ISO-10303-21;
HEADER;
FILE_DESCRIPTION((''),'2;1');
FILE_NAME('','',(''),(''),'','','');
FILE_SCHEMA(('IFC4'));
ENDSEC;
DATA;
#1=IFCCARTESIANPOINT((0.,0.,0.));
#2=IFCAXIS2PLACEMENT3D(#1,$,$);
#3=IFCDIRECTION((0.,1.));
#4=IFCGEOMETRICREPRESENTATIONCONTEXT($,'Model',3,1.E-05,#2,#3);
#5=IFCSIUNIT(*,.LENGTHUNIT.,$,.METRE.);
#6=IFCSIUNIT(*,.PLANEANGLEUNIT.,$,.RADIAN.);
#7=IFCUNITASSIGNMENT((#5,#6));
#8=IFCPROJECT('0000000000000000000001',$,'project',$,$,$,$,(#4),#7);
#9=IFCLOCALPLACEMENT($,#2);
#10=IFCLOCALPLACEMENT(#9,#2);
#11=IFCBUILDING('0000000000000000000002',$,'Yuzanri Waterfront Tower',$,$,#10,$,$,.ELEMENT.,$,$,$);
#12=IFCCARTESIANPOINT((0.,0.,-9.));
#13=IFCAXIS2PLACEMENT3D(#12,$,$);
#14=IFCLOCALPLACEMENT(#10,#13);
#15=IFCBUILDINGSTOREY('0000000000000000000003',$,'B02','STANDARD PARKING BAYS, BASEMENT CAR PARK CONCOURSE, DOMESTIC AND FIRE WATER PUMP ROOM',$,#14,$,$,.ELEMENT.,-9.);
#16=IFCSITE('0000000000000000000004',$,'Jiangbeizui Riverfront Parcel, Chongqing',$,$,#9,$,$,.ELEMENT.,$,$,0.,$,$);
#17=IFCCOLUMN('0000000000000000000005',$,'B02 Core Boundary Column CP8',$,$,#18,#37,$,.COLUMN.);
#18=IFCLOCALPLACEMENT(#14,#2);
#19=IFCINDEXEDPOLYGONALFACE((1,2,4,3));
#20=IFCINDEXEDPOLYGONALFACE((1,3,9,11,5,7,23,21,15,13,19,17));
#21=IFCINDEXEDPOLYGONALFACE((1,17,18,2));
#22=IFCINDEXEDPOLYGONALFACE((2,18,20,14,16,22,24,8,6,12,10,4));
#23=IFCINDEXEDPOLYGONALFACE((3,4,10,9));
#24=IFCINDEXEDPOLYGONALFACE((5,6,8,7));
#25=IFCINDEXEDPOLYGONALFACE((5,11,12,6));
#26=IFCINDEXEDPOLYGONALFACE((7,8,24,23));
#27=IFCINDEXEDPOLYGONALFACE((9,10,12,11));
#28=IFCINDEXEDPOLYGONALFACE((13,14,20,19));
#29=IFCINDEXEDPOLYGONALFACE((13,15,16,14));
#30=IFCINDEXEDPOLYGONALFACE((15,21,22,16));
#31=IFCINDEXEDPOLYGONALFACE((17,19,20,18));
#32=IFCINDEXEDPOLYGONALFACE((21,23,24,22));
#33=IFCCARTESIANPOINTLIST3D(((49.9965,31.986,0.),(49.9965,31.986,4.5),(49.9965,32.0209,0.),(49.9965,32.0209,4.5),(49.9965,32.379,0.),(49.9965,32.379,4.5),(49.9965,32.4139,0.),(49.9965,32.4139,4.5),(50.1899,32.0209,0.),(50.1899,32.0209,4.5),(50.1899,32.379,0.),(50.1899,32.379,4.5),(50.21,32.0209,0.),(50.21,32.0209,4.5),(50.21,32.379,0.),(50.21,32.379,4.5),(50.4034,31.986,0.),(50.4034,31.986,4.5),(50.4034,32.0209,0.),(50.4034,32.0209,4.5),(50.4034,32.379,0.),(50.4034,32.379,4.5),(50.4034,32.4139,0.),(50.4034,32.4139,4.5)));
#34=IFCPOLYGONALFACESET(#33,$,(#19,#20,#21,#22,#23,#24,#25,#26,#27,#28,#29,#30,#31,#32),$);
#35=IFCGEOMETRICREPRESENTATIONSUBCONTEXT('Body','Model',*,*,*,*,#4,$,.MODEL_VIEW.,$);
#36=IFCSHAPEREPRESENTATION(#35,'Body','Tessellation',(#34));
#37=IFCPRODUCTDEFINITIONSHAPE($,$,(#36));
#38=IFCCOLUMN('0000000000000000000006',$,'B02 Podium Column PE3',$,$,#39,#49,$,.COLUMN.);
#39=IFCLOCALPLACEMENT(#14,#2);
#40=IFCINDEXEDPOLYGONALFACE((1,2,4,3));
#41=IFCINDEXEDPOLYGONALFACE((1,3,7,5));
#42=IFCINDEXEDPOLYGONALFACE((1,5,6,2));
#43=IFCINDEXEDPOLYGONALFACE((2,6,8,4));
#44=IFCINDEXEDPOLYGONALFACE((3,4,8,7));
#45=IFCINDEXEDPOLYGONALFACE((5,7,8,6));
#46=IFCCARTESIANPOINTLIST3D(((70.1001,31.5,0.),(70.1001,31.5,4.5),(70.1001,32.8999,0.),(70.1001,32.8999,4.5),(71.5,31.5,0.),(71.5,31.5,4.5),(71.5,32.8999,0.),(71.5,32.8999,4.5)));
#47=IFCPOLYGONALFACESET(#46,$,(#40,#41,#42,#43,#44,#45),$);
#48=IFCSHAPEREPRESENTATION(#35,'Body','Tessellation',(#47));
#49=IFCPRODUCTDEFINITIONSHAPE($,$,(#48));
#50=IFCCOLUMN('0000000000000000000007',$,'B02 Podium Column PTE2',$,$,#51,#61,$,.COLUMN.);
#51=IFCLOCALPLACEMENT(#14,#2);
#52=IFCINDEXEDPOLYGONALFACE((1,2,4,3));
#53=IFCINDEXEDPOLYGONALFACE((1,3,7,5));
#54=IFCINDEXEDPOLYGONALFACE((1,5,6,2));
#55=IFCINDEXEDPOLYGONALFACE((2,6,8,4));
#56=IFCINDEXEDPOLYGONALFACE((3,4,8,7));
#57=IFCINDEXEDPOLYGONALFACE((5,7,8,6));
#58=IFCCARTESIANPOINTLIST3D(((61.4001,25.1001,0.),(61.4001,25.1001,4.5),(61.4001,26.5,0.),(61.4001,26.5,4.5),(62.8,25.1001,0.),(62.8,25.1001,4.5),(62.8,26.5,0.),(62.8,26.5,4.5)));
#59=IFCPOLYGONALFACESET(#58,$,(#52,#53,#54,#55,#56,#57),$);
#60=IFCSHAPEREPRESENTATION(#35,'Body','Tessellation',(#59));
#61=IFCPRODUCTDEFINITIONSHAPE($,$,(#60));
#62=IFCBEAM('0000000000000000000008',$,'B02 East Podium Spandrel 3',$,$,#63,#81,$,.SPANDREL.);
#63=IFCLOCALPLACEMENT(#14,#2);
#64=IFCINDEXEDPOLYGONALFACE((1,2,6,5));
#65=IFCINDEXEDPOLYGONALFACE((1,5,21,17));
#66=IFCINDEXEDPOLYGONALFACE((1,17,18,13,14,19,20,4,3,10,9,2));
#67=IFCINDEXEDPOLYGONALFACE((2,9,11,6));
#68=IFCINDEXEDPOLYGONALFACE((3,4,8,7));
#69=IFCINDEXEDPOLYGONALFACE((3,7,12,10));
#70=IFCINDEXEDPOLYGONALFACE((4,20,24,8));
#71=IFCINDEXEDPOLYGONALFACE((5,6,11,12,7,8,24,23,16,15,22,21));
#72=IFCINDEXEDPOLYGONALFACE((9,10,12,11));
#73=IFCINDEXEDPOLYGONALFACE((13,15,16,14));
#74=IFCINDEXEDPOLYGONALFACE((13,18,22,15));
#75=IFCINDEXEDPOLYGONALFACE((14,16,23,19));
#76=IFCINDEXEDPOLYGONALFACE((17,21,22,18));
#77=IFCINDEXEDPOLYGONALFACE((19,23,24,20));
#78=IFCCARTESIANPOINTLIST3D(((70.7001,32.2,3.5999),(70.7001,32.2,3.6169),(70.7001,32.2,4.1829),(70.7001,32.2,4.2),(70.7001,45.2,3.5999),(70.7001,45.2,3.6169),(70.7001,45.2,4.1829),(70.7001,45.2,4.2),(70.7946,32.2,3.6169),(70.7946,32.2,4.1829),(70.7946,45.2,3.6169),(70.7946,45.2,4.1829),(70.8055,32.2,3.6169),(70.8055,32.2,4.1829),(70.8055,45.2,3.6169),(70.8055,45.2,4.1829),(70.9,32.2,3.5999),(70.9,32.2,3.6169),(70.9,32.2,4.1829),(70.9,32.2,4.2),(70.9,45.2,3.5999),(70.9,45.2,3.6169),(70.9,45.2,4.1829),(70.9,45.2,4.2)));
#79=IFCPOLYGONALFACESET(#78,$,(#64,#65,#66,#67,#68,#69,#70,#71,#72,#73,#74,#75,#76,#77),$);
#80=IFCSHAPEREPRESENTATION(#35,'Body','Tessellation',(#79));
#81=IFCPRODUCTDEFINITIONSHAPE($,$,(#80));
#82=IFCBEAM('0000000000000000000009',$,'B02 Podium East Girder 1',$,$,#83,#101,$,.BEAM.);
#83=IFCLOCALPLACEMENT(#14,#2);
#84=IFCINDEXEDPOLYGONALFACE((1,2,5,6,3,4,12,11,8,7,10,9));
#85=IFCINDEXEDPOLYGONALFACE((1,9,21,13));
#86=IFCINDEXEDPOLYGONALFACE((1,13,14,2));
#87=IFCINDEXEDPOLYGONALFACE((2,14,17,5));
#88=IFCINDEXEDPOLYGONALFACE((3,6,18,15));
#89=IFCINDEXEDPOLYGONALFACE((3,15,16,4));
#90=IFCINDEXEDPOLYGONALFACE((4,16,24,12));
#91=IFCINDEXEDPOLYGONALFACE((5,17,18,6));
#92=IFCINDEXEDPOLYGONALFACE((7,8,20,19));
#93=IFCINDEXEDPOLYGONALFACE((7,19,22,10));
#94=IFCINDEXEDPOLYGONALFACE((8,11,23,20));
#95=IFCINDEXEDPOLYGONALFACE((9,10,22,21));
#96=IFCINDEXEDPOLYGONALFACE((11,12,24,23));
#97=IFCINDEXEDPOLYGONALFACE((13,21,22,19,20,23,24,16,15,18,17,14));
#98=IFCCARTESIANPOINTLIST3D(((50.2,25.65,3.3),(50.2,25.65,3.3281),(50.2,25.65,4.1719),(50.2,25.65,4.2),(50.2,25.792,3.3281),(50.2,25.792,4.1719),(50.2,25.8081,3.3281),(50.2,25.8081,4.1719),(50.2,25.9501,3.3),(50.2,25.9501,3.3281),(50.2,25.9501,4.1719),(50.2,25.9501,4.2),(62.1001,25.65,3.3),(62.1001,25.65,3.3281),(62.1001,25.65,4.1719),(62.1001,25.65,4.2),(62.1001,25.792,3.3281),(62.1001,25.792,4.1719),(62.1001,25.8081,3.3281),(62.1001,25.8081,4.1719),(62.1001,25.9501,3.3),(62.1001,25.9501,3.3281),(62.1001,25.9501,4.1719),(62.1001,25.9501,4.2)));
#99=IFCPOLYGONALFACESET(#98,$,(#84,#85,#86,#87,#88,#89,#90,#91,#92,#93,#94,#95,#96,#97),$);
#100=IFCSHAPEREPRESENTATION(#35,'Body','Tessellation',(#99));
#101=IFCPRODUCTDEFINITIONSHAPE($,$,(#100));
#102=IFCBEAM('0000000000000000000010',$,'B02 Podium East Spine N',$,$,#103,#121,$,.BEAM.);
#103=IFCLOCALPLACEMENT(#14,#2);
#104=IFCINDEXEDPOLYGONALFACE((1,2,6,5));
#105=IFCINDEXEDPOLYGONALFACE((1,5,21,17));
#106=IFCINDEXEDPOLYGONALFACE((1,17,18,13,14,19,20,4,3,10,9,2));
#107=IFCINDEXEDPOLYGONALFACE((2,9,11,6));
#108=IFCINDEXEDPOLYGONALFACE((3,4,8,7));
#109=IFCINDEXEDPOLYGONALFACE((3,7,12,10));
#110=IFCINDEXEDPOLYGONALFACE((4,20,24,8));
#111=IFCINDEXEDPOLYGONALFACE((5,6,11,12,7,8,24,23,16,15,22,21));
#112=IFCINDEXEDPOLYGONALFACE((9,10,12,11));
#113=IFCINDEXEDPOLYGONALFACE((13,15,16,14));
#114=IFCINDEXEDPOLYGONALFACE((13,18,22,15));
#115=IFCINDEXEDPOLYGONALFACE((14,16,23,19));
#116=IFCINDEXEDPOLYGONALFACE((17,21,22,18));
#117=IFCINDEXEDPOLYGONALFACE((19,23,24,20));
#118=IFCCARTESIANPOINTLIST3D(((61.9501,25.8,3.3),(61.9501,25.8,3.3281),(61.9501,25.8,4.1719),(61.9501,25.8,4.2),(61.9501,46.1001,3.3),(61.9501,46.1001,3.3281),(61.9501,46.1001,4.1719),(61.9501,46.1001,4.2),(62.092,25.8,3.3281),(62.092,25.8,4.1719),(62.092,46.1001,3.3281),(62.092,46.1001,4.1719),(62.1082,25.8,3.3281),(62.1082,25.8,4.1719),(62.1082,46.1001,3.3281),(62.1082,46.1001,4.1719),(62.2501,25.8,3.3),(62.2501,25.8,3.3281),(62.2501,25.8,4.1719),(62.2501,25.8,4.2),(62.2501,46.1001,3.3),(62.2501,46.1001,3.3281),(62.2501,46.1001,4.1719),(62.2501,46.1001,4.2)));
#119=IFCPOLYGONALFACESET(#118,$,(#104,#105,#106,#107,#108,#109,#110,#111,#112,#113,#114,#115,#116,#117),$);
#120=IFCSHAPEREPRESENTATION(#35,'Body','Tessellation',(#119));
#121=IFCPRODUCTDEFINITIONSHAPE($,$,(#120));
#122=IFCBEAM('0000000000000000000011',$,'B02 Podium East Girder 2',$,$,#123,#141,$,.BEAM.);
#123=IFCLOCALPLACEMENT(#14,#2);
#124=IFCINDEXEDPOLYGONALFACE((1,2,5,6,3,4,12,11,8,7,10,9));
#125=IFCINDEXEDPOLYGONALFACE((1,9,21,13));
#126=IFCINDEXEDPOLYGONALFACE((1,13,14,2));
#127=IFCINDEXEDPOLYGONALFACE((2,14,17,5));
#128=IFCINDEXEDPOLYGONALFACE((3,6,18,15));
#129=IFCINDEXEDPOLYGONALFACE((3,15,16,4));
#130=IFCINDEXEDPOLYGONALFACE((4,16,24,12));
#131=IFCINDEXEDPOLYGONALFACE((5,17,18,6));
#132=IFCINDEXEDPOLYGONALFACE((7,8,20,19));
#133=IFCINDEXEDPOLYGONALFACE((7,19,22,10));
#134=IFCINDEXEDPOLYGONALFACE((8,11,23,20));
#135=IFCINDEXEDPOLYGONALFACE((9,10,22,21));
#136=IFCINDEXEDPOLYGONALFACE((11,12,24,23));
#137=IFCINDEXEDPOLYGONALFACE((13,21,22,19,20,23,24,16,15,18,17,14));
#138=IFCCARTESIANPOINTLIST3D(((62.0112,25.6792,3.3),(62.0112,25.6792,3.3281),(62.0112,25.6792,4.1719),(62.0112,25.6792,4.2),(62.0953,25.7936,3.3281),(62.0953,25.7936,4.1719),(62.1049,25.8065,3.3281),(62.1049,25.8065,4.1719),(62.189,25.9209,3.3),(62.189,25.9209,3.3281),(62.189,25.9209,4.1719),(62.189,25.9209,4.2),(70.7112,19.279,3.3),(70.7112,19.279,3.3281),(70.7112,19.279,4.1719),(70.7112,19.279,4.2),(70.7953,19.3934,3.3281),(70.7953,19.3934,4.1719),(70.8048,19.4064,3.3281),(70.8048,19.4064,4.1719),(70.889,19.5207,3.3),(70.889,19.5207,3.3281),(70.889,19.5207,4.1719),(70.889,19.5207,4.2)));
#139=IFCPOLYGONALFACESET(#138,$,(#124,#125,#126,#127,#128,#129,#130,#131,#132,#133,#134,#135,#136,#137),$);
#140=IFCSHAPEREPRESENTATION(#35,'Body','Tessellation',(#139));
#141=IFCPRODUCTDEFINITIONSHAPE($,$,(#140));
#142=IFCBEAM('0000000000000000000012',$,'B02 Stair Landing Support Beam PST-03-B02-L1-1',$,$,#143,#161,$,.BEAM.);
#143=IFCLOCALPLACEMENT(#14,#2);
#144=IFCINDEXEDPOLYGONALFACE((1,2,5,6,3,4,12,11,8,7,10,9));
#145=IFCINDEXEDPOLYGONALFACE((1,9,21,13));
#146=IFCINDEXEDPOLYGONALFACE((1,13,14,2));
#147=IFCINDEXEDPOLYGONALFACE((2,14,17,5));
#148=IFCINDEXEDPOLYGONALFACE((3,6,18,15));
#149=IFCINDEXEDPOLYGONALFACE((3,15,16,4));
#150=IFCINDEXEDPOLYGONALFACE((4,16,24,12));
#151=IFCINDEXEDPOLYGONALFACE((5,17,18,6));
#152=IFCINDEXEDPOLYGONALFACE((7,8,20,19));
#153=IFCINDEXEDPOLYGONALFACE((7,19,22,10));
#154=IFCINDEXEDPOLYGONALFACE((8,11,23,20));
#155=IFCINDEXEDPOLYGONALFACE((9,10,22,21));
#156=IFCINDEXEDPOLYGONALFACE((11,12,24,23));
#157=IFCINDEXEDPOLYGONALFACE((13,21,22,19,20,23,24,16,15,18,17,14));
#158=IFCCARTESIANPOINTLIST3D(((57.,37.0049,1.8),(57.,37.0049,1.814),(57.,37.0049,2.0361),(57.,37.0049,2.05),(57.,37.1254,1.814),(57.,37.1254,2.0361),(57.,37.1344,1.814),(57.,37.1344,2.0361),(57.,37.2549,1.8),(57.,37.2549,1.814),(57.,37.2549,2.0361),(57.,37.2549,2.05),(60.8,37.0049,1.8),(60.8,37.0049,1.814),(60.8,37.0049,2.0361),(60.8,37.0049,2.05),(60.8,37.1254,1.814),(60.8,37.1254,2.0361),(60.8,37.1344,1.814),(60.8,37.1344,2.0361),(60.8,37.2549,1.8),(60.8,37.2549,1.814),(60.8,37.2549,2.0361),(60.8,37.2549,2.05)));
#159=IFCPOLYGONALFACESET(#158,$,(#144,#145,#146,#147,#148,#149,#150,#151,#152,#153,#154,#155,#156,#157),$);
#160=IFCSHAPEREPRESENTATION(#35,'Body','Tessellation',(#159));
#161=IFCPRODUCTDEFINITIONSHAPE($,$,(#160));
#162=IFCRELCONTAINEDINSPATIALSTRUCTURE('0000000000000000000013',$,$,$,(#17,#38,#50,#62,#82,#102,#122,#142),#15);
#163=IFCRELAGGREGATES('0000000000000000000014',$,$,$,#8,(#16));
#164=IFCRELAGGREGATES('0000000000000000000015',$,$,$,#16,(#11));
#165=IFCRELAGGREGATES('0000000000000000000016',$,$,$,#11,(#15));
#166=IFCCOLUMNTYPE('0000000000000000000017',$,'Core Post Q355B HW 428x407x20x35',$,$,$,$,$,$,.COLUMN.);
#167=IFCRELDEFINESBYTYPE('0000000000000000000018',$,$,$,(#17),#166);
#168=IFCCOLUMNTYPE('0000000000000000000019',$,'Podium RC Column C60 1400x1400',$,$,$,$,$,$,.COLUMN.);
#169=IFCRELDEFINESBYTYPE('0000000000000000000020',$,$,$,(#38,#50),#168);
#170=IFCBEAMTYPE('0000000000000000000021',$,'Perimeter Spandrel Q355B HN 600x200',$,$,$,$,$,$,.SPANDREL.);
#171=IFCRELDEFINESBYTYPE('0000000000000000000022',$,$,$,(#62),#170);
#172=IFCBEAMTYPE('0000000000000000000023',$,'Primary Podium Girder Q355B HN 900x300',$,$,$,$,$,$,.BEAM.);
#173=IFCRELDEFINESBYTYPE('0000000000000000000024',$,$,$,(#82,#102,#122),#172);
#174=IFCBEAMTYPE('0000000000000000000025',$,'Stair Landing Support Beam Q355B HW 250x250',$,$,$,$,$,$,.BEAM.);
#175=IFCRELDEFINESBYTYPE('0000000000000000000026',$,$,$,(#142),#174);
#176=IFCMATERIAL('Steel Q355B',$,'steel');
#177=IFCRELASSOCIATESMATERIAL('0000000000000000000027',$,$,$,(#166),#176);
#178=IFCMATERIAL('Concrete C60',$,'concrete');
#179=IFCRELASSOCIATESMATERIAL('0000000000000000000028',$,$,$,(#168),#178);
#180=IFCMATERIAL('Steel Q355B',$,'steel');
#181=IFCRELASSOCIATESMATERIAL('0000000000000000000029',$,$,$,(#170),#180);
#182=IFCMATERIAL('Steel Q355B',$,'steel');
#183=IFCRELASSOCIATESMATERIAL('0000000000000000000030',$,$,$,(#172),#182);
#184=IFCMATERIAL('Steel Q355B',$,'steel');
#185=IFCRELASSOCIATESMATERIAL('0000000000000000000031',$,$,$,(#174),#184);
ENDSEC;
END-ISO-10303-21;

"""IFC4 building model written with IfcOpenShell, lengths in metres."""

from ifc_helpers import new_model, si_unit, direction, frame, origin, origin_2d, place, context, subcontext, project, spatial, rectangle, i_section, extrude, source, transform, mapped, material, material_profile, profile_set, type_object, element, save


model = new_model("IFC4")

# Units and contexts
model_context = context("Model", 3, precision=1e-05, world=origin(), true_north=direction((0.0, 1.0)))
body_context = subcontext(model_context, "Body", "Model", "MODEL_VIEW")
ifc_project = project(units=[si_unit("LENGTHUNIT", "METRE"), si_unit("PLANEANGLEUNIT", "RADIAN")], contexts=[model_context])

# Site, building, storey
site_placement = place(None, origin())
site = spatial("IfcSite", under=ifc_project, at=site_placement, Name="Jiangbeizui Riverfront Parcel, Chongqing", CompositionType="ELEMENT", RefElevation=0.0)
building_placement = place(site_placement, origin())
building = spatial("IfcBuilding", under=site, at=building_placement, Name="Yuzanri Waterfront Tower", CompositionType="ELEMENT")
storey_placement = place(building_placement, frame((0.0, 0.0, -9.0)))
storey = spatial("IfcBuildingStorey", under=building, at=storey_placement, Name="B02", Description="STANDARD PARKING BAYS, BASEMENT CAR PARK CONCOURSE, DOMESTIC AND FIRE WATER PUMP ROOM", CompositionType="ELEMENT", Elevation=-9.0)

# Columns
ifc_material_1 = material(Name="Steel Q355B", Category="steel")
ifc_material_profile_1 = material_profile(ifc_material_1, i_section(OverallWidth=0.407, OverallDepth=0.428, WebThickness=0.02, FlangeThickness=0.0349, at=origin_2d()), Name="HW 428x407x20x35")
ifc_profile_set_1 = profile_set([ifc_material_profile_1], Name="Steel Q355B")
column_type_1 = type_object("IfcColumnType", Name="Core Post Q355B HW 428x407x20x35", PredefinedType="COLUMN", material=ifc_profile_set_1)
shared_shape_1 = source(origin(), body_context, "Body", "SweptSolid", [
    extrude(i_section(OverallWidth=0.407, OverallDepth=0.428, WebThickness=0.02, FlangeThickness=0.0349, at=origin_2d()), origin(), (0.0, 0.0, 1.0), 4.5),
])
column_placement = place(storey_placement, frame((50.2, 32.2, 0.0), z_axis=(0.0, 0.0, 1.0), x_axis=(1.0, 0.0, 0.0)))
element("IfcColumn", 1, at=column_placement, inside=storey, type_object=column_type_1, Name="B02 Core Boundary Column CP8", PredefinedType="COLUMN", context=body_context, shape_type="MappedRepresentation", body=[
    mapped(shared_shape_1, transform((0.0, 0.0, 0.0), scale=1.0)),
])
ifc_material_2 = material(Name="Concrete C60", Category="concrete")
ifc_material_profile_2 = material_profile(ifc_material_2, rectangle(XDim=1.3999, YDim=1.3999, at=origin_2d()), Name="RC 1400x1400")
ifc_profile_set_2 = profile_set([ifc_material_profile_2], Name="Concrete C60")
column_type_2 = type_object("IfcColumnType", Name="Podium RC Column C60 1400x1400", PredefinedType="COLUMN", material=ifc_profile_set_2)
shared_shape_2 = source(origin(), body_context, "Body", "SweptSolid", [
    extrude(rectangle(XDim=1.3999, YDim=1.3999, at=origin_2d()), origin(), (0.0, 0.0, 1.0), 4.5),
])
for number, where, z_axis, x_axis, name in (
    (2, (70.8, 32.2, 0.0), (0.0, 0.0, 1.0), (1.0, 0.0, 0.0), "B02 Podium Column PE3"),
    (3, (62.1001, 25.8, 0.0), (0.0, 0.0, 1.0), (1.0, 0.0, 0.0), "B02 Podium Column PTE2"),
):
    element("IfcColumn", number, at=place(storey_placement, frame(where, z_axis=z_axis, x_axis=x_axis)), inside=storey, type_object=column_type_2, Name=name, PredefinedType="COLUMN", context=body_context, shape_type="MappedRepresentation", body=[
        mapped(shared_shape_2, transform((0.0, 0.0, 0.0), scale=1.0)),
    ])

# Beams
ifc_material_3 = material(Name="Steel Q355B", Category="steel")
ifc_material_profile_3 = material_profile(ifc_material_3, i_section(OverallWidth=0.2, OverallDepth=0.6001, WebThickness=0.011, FlangeThickness=0.0171, at=origin_2d()), Name="HN 600x200x11x17")
ifc_profile_set_3 = profile_set([ifc_material_profile_3], Name="Steel Q355B")
beam_type_1 = type_object("IfcBeamType", Name="Perimeter Spandrel Q355B HN 600x200", PredefinedType="SPANDREL", material=ifc_profile_set_3)
shared_shape_3 = source(origin(), body_context, "Body", "SweptSolid", [
    extrude(i_section(OverallWidth=0.2, OverallDepth=0.6001, WebThickness=0.011, FlangeThickness=0.0171, at=origin_2d()), origin(), (0.0, 0.0, 1.0), 13.0),
])
beam_1_placement = place(storey_placement, frame((70.8, 32.2, 3.8999), z_axis=(0.0, 1.0, 0.0), x_axis=(-1.0, 0.0, 0.0)))
element("IfcBeam", 4, at=beam_1_placement, inside=storey, type_object=beam_type_1, Name="B02 East Podium Spandrel 3", PredefinedType="SPANDREL", context=body_context, shape_type="MappedRepresentation", body=[
    mapped(shared_shape_3, transform((0.0, 0.0, 0.0), scale=1.0)),
])
ifc_material_4 = material(Name="Steel Q355B", Category="steel")
ifc_material_profile_4 = material_profile(ifc_material_4, i_section(OverallWidth=0.3, OverallDepth=0.8999, WebThickness=0.0161, FlangeThickness=0.0281, at=origin_2d()), Name="HN 900x300x16x28")
ifc_profile_set_4 = profile_set([ifc_material_profile_4], Name="Steel Q355B")
beam_type_2 = type_object("IfcBeamType", Name="Primary Podium Girder Q355B HN 900x300", PredefinedType="BEAM", material=ifc_profile_set_4)
shared_shape_4 = source(origin(), body_context, "Body", "SweptSolid", [
    extrude(i_section(OverallWidth=0.3, OverallDepth=0.8999, WebThickness=0.0161, FlangeThickness=0.0281, at=origin_2d()), origin(), (0.0, 0.0, 1.0), 11.9001),
])
beam_2_placement = place(storey_placement, frame((50.2, 25.8, 3.75), z_axis=(1.0, 0.0, 0.0), x_axis=(0.0, 1.0, 0.0)))
element("IfcBeam", 5, at=beam_2_placement, inside=storey, type_object=beam_type_2, Name="B02 Podium East Girder 1", PredefinedType="BEAM", context=body_context, shape_type="MappedRepresentation", body=[
    mapped(shared_shape_4, transform((0.0, 0.0, 0.0), scale=1.0)),
])
shared_shape_5 = source(origin(), body_context, "Body", "SweptSolid", [
    extrude(i_section(OverallWidth=0.3, OverallDepth=0.8999, WebThickness=0.0161, FlangeThickness=0.0281, at=origin_2d()), origin(), (0.0, 0.0, 1.0), 20.3),
])
beam_3_placement = place(storey_placement, frame((62.1001, 25.8, 3.75), z_axis=(0.0, 1.0, 0.0), x_axis=(-1.0, 0.0, 0.0)))
element("IfcBeam", 6, at=beam_3_placement, inside=storey, type_object=beam_type_2, Name="B02 Podium East Spine N", PredefinedType="BEAM", context=body_context, shape_type="MappedRepresentation", body=[
    mapped(shared_shape_5, transform((0.0, 0.0, 0.0), scale=1.0)),
])
shared_shape_6 = source(origin(), body_context, "Body", "SweptSolid", [
    extrude(i_section(OverallWidth=0.3, OverallDepth=0.8999, WebThickness=0.0161, FlangeThickness=0.0281, at=origin_2d()), origin(), (0.0, 0.0, 1.0), 10.8005),
])
beam_4_placement = place(storey_placement, frame((62.1001, 25.8, 3.75), z_axis=(0.805513, -0.592578, 0.0), x_axis=(0.592578, 0.805513, 0.0)))
element("IfcBeam", 7, at=beam_4_placement, inside=storey, type_object=beam_type_2, Name="B02 Podium East Girder 2", PredefinedType="BEAM", context=body_context, shape_type="MappedRepresentation", body=[
    mapped(shared_shape_6, transform((0.0, 0.0, 0.0), scale=1.0)),
])
ifc_material_5 = material(Name="Steel Q355B", Category="steel")
ifc_material_profile_5 = material_profile(ifc_material_5, i_section(OverallWidth=0.25, OverallDepth=0.25, WebThickness=0.009, FlangeThickness=0.0139, at=origin_2d()), Name="HW 250x250x9x14")
ifc_profile_set_5 = profile_set([ifc_material_profile_5], Name="Steel Q355B")
beam_type_3 = type_object("IfcBeamType", Name="Stair Landing Support Beam Q355B HW 250x250", PredefinedType="BEAM", material=ifc_profile_set_5)
shared_shape_7 = source(origin(), body_context, "Body", "SweptSolid", [
    extrude(i_section(OverallWidth=0.25, OverallDepth=0.25, WebThickness=0.009, FlangeThickness=0.0139, at=origin_2d()), origin(), (0.0, 0.0, 1.0), 3.8),
])
beam_5_placement = place(storey_placement, frame((57.0, 37.1299, 1.925), z_axis=(1.0, 0.0, 0.0), x_axis=(0.0, 1.0, 0.0)))
element("IfcBeam", 8, at=beam_5_placement, inside=storey, type_object=beam_type_3, Name="B02 Stair Landing Support Beam PST-03-B02-L1-1", PredefinedType="BEAM", context=body_context, shape_type="MappedRepresentation", body=[
    mapped(shared_shape_7, transform((0.0, 0.0, 0.0), scale=1.0)),
])

save(model, "model.ifc")
